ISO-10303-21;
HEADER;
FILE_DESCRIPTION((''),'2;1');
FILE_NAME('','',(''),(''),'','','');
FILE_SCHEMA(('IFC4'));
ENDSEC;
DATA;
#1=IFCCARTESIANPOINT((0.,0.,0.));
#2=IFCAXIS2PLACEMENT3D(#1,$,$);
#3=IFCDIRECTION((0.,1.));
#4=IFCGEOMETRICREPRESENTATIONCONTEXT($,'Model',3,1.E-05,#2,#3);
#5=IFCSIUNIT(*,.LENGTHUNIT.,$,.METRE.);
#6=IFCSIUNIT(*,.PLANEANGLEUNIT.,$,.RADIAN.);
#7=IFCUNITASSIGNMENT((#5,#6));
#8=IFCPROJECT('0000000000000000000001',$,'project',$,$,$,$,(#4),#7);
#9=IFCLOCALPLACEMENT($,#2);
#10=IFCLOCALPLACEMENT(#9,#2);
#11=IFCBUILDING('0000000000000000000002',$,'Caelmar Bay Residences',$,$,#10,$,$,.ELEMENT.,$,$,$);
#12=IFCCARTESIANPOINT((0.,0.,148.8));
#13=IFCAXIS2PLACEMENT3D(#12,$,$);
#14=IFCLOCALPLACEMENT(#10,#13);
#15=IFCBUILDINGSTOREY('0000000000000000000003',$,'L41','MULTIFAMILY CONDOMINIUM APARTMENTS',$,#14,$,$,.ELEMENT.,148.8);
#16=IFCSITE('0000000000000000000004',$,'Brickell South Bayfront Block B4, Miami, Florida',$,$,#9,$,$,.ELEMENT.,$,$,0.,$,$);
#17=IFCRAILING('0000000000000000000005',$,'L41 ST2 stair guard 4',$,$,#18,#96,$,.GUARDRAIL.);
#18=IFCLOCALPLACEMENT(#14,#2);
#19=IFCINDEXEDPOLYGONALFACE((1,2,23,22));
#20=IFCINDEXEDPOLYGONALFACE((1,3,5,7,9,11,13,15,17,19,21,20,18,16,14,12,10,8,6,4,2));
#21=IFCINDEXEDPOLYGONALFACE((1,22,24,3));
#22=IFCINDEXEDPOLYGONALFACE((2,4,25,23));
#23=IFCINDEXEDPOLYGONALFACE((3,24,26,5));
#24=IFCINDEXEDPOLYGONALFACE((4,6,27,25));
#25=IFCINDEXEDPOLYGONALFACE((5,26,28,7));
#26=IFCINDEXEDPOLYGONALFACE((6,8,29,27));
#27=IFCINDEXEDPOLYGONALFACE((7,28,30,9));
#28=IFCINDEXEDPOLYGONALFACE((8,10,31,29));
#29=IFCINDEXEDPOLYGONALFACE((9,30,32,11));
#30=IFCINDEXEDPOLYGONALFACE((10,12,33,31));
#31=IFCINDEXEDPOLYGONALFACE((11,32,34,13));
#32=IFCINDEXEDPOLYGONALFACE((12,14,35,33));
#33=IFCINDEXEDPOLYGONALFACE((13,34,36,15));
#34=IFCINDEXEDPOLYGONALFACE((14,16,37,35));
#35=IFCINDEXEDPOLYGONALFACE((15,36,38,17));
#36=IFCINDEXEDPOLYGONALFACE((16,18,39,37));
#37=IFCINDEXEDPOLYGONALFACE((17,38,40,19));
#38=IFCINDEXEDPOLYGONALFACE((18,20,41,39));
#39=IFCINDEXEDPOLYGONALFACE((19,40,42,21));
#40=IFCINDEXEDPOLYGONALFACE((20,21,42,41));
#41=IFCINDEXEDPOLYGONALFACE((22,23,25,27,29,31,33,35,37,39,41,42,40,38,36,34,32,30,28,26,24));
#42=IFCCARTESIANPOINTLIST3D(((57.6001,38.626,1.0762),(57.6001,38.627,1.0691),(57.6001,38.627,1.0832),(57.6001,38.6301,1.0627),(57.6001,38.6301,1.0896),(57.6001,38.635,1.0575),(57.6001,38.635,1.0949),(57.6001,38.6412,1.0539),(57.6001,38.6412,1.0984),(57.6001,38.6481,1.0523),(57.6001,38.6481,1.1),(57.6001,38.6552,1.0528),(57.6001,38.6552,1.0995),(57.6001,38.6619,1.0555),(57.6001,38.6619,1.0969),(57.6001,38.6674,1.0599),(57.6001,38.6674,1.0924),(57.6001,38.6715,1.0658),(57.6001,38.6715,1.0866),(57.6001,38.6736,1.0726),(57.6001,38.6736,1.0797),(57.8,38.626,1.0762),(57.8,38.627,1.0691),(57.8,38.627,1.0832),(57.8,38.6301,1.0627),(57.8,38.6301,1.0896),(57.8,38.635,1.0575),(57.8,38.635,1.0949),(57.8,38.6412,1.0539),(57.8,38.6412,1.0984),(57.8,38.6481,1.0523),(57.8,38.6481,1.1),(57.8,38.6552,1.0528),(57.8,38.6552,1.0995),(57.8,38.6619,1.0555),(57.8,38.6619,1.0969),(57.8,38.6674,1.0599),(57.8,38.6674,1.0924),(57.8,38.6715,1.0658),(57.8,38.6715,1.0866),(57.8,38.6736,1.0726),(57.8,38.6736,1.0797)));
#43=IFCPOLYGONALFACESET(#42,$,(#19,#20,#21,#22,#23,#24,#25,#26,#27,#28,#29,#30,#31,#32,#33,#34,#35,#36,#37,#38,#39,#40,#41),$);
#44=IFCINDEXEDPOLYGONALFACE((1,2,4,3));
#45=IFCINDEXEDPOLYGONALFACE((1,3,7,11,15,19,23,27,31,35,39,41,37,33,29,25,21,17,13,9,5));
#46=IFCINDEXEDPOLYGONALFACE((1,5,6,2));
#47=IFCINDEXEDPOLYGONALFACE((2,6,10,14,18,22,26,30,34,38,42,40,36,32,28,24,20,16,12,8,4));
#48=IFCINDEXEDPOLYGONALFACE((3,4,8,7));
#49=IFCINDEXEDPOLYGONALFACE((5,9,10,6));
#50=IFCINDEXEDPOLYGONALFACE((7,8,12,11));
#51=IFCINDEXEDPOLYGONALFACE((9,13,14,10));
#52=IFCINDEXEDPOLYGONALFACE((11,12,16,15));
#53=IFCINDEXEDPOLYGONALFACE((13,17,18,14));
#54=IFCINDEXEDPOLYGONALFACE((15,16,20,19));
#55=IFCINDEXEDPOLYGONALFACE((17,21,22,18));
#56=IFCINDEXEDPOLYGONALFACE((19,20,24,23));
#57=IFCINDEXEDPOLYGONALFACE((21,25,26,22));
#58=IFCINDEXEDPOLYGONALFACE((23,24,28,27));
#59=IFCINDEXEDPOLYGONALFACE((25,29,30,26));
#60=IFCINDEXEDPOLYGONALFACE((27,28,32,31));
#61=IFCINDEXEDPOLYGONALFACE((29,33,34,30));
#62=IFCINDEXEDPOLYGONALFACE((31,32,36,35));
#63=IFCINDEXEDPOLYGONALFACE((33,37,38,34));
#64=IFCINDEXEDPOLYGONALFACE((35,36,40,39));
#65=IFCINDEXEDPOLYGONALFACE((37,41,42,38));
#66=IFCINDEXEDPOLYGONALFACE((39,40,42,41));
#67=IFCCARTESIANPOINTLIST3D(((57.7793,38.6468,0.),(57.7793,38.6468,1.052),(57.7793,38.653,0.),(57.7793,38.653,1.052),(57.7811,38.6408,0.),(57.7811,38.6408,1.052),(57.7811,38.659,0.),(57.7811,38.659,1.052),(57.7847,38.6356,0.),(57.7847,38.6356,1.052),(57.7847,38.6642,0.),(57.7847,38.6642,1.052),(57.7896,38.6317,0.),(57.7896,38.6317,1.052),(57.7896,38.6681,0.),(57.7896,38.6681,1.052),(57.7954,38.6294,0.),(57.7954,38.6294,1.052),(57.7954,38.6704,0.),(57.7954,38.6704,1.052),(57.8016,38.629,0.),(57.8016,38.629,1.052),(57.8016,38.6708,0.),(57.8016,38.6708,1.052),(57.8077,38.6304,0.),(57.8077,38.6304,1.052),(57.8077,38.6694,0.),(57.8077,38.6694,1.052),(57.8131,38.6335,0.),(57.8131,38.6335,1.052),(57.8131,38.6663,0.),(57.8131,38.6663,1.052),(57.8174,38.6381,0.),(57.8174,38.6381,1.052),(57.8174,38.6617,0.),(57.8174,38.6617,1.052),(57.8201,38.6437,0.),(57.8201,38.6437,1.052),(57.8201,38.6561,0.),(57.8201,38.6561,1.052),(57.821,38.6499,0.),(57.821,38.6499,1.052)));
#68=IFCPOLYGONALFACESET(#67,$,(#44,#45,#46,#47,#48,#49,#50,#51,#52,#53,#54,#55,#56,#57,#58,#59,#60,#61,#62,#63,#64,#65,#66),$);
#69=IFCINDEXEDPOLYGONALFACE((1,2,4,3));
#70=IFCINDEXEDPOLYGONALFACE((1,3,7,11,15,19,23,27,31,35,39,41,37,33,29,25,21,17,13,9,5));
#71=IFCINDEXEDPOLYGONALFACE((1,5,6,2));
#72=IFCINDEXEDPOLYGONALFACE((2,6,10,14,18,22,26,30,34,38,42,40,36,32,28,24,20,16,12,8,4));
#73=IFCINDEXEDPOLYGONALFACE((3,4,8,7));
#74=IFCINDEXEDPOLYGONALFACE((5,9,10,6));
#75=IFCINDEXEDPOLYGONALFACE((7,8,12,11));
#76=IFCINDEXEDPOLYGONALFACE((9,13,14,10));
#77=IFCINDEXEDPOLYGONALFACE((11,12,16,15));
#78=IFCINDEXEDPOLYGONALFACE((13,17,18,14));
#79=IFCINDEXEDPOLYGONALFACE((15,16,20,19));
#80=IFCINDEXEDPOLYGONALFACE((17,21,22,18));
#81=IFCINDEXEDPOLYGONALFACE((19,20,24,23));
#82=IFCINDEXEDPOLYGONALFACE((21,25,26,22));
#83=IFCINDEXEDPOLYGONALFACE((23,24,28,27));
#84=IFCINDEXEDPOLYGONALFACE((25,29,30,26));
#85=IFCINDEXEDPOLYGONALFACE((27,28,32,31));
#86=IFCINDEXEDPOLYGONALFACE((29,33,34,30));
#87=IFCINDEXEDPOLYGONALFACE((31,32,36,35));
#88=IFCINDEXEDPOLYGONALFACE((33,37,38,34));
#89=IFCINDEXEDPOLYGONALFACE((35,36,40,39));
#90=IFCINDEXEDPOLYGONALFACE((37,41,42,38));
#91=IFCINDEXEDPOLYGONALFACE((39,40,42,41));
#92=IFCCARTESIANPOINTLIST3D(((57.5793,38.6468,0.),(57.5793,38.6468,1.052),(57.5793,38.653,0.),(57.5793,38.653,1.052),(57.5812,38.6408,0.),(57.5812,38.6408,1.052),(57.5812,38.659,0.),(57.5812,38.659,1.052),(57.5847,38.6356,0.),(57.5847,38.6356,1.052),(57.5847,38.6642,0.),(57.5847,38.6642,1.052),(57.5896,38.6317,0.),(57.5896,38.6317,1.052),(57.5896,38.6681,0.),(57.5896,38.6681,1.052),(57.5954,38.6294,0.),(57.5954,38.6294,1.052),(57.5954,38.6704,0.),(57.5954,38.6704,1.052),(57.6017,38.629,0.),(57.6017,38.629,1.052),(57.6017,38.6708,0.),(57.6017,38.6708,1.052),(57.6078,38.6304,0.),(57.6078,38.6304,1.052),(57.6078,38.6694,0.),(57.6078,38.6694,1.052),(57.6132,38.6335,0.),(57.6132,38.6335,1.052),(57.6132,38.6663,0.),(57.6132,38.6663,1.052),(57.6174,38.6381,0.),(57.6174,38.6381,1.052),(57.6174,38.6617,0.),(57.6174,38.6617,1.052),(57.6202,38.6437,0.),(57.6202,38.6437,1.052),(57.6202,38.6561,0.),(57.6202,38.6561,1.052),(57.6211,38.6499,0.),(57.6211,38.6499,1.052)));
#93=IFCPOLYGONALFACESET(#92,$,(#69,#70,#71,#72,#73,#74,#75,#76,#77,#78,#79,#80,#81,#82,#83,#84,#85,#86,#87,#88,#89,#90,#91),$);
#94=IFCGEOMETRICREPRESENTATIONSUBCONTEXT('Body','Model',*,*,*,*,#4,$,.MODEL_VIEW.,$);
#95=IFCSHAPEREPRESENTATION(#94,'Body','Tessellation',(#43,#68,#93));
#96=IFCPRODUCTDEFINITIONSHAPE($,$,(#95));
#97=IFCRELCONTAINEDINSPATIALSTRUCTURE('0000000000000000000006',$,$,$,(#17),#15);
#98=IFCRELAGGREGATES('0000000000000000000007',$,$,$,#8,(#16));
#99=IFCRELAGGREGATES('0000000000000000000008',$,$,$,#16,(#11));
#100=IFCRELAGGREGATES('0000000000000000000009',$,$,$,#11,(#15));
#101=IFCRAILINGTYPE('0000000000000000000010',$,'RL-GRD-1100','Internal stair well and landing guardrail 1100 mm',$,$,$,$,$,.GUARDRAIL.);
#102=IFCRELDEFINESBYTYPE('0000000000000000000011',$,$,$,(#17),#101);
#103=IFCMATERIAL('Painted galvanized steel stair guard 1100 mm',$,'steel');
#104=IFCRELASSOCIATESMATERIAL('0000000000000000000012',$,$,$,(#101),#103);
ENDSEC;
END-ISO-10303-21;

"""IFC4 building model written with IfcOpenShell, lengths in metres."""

from ifc_helpers import new_model, si_unit, direction, frame, origin, origin_2d, place, context, subcontext, project, spatial, circle, extrude, material, type_object, element, save


model = new_model("IFC4")

# Units and contexts
model_context = context("Model", 3, precision=1e-05, world=origin(), true_north=direction((0.0, 1.0)))
body_context = subcontext(model_context, "Body", "Model", "MODEL_VIEW")
ifc_project = project(units=[si_unit("LENGTHUNIT", "METRE"), si_unit("PLANEANGLEUNIT", "RADIAN")], contexts=[model_context])

# Site, building, storey
site_placement = place(None, origin())
site = spatial("IfcSite", under=ifc_project, at=site_placement, Name="Brickell South Bayfront Block B4, Miami, Florida", CompositionType="ELEMENT", RefElevation=0.0)
building_placement = place(site_placement, origin())
building = spatial("IfcBuilding", under=site, at=building_placement, Name="Caelmar Bay Residences", CompositionType="ELEMENT")
storey_placement = place(building_placement, frame((0.0, 0.0, 148.8)))
storey = spatial("IfcBuildingStorey", under=building, at=storey_placement, Name="L41", Description="MULTIFAMILY CONDOMINIUM APARTMENTS", CompositionType="ELEMENT", Elevation=148.8)

# Railing
ifc_material_1 = material(Name="Painted galvanized steel stair guard 1100 mm", Category="steel")
railing_type_1 = type_object("IfcRailingType", Name="RL-GRD-1100", Description="Internal stair well and landing guardrail 1100 mm", PredefinedType="GUARDRAIL", material=ifc_material_1)
railing_1_placement = place(storey_placement, frame((57.8, 38.6499, 0.0)))
element("IfcRailing", 1, at=railing_1_placement, inside=storey, type_object=railing_type_1, Name="L41 ST2 stair guard 4", PredefinedType="GUARDRAIL", context=body_context, shape_type="SweptSolid", body=[
    extrude(circle(Radius=0.0239, at=origin_2d()), frame((0.0, 0.0, 1.0762), z_axis=(-1.0, 0.0, 0.0), x_axis=(0.0, -1.0, 0.0)), (0.0, 0.0, 1.0), 0.2),
    extrude(circle(Radius=0.021, at=origin_2d()), origin(), (0.0, 0.0, 1.0), 1.052),
    extrude(circle(Radius=0.021, at=origin_2d()), frame((-0.2, 0.0, 0.0)), (0.0, 0.0, 1.0), 1.052),
])

save(model, "model.ifc")
